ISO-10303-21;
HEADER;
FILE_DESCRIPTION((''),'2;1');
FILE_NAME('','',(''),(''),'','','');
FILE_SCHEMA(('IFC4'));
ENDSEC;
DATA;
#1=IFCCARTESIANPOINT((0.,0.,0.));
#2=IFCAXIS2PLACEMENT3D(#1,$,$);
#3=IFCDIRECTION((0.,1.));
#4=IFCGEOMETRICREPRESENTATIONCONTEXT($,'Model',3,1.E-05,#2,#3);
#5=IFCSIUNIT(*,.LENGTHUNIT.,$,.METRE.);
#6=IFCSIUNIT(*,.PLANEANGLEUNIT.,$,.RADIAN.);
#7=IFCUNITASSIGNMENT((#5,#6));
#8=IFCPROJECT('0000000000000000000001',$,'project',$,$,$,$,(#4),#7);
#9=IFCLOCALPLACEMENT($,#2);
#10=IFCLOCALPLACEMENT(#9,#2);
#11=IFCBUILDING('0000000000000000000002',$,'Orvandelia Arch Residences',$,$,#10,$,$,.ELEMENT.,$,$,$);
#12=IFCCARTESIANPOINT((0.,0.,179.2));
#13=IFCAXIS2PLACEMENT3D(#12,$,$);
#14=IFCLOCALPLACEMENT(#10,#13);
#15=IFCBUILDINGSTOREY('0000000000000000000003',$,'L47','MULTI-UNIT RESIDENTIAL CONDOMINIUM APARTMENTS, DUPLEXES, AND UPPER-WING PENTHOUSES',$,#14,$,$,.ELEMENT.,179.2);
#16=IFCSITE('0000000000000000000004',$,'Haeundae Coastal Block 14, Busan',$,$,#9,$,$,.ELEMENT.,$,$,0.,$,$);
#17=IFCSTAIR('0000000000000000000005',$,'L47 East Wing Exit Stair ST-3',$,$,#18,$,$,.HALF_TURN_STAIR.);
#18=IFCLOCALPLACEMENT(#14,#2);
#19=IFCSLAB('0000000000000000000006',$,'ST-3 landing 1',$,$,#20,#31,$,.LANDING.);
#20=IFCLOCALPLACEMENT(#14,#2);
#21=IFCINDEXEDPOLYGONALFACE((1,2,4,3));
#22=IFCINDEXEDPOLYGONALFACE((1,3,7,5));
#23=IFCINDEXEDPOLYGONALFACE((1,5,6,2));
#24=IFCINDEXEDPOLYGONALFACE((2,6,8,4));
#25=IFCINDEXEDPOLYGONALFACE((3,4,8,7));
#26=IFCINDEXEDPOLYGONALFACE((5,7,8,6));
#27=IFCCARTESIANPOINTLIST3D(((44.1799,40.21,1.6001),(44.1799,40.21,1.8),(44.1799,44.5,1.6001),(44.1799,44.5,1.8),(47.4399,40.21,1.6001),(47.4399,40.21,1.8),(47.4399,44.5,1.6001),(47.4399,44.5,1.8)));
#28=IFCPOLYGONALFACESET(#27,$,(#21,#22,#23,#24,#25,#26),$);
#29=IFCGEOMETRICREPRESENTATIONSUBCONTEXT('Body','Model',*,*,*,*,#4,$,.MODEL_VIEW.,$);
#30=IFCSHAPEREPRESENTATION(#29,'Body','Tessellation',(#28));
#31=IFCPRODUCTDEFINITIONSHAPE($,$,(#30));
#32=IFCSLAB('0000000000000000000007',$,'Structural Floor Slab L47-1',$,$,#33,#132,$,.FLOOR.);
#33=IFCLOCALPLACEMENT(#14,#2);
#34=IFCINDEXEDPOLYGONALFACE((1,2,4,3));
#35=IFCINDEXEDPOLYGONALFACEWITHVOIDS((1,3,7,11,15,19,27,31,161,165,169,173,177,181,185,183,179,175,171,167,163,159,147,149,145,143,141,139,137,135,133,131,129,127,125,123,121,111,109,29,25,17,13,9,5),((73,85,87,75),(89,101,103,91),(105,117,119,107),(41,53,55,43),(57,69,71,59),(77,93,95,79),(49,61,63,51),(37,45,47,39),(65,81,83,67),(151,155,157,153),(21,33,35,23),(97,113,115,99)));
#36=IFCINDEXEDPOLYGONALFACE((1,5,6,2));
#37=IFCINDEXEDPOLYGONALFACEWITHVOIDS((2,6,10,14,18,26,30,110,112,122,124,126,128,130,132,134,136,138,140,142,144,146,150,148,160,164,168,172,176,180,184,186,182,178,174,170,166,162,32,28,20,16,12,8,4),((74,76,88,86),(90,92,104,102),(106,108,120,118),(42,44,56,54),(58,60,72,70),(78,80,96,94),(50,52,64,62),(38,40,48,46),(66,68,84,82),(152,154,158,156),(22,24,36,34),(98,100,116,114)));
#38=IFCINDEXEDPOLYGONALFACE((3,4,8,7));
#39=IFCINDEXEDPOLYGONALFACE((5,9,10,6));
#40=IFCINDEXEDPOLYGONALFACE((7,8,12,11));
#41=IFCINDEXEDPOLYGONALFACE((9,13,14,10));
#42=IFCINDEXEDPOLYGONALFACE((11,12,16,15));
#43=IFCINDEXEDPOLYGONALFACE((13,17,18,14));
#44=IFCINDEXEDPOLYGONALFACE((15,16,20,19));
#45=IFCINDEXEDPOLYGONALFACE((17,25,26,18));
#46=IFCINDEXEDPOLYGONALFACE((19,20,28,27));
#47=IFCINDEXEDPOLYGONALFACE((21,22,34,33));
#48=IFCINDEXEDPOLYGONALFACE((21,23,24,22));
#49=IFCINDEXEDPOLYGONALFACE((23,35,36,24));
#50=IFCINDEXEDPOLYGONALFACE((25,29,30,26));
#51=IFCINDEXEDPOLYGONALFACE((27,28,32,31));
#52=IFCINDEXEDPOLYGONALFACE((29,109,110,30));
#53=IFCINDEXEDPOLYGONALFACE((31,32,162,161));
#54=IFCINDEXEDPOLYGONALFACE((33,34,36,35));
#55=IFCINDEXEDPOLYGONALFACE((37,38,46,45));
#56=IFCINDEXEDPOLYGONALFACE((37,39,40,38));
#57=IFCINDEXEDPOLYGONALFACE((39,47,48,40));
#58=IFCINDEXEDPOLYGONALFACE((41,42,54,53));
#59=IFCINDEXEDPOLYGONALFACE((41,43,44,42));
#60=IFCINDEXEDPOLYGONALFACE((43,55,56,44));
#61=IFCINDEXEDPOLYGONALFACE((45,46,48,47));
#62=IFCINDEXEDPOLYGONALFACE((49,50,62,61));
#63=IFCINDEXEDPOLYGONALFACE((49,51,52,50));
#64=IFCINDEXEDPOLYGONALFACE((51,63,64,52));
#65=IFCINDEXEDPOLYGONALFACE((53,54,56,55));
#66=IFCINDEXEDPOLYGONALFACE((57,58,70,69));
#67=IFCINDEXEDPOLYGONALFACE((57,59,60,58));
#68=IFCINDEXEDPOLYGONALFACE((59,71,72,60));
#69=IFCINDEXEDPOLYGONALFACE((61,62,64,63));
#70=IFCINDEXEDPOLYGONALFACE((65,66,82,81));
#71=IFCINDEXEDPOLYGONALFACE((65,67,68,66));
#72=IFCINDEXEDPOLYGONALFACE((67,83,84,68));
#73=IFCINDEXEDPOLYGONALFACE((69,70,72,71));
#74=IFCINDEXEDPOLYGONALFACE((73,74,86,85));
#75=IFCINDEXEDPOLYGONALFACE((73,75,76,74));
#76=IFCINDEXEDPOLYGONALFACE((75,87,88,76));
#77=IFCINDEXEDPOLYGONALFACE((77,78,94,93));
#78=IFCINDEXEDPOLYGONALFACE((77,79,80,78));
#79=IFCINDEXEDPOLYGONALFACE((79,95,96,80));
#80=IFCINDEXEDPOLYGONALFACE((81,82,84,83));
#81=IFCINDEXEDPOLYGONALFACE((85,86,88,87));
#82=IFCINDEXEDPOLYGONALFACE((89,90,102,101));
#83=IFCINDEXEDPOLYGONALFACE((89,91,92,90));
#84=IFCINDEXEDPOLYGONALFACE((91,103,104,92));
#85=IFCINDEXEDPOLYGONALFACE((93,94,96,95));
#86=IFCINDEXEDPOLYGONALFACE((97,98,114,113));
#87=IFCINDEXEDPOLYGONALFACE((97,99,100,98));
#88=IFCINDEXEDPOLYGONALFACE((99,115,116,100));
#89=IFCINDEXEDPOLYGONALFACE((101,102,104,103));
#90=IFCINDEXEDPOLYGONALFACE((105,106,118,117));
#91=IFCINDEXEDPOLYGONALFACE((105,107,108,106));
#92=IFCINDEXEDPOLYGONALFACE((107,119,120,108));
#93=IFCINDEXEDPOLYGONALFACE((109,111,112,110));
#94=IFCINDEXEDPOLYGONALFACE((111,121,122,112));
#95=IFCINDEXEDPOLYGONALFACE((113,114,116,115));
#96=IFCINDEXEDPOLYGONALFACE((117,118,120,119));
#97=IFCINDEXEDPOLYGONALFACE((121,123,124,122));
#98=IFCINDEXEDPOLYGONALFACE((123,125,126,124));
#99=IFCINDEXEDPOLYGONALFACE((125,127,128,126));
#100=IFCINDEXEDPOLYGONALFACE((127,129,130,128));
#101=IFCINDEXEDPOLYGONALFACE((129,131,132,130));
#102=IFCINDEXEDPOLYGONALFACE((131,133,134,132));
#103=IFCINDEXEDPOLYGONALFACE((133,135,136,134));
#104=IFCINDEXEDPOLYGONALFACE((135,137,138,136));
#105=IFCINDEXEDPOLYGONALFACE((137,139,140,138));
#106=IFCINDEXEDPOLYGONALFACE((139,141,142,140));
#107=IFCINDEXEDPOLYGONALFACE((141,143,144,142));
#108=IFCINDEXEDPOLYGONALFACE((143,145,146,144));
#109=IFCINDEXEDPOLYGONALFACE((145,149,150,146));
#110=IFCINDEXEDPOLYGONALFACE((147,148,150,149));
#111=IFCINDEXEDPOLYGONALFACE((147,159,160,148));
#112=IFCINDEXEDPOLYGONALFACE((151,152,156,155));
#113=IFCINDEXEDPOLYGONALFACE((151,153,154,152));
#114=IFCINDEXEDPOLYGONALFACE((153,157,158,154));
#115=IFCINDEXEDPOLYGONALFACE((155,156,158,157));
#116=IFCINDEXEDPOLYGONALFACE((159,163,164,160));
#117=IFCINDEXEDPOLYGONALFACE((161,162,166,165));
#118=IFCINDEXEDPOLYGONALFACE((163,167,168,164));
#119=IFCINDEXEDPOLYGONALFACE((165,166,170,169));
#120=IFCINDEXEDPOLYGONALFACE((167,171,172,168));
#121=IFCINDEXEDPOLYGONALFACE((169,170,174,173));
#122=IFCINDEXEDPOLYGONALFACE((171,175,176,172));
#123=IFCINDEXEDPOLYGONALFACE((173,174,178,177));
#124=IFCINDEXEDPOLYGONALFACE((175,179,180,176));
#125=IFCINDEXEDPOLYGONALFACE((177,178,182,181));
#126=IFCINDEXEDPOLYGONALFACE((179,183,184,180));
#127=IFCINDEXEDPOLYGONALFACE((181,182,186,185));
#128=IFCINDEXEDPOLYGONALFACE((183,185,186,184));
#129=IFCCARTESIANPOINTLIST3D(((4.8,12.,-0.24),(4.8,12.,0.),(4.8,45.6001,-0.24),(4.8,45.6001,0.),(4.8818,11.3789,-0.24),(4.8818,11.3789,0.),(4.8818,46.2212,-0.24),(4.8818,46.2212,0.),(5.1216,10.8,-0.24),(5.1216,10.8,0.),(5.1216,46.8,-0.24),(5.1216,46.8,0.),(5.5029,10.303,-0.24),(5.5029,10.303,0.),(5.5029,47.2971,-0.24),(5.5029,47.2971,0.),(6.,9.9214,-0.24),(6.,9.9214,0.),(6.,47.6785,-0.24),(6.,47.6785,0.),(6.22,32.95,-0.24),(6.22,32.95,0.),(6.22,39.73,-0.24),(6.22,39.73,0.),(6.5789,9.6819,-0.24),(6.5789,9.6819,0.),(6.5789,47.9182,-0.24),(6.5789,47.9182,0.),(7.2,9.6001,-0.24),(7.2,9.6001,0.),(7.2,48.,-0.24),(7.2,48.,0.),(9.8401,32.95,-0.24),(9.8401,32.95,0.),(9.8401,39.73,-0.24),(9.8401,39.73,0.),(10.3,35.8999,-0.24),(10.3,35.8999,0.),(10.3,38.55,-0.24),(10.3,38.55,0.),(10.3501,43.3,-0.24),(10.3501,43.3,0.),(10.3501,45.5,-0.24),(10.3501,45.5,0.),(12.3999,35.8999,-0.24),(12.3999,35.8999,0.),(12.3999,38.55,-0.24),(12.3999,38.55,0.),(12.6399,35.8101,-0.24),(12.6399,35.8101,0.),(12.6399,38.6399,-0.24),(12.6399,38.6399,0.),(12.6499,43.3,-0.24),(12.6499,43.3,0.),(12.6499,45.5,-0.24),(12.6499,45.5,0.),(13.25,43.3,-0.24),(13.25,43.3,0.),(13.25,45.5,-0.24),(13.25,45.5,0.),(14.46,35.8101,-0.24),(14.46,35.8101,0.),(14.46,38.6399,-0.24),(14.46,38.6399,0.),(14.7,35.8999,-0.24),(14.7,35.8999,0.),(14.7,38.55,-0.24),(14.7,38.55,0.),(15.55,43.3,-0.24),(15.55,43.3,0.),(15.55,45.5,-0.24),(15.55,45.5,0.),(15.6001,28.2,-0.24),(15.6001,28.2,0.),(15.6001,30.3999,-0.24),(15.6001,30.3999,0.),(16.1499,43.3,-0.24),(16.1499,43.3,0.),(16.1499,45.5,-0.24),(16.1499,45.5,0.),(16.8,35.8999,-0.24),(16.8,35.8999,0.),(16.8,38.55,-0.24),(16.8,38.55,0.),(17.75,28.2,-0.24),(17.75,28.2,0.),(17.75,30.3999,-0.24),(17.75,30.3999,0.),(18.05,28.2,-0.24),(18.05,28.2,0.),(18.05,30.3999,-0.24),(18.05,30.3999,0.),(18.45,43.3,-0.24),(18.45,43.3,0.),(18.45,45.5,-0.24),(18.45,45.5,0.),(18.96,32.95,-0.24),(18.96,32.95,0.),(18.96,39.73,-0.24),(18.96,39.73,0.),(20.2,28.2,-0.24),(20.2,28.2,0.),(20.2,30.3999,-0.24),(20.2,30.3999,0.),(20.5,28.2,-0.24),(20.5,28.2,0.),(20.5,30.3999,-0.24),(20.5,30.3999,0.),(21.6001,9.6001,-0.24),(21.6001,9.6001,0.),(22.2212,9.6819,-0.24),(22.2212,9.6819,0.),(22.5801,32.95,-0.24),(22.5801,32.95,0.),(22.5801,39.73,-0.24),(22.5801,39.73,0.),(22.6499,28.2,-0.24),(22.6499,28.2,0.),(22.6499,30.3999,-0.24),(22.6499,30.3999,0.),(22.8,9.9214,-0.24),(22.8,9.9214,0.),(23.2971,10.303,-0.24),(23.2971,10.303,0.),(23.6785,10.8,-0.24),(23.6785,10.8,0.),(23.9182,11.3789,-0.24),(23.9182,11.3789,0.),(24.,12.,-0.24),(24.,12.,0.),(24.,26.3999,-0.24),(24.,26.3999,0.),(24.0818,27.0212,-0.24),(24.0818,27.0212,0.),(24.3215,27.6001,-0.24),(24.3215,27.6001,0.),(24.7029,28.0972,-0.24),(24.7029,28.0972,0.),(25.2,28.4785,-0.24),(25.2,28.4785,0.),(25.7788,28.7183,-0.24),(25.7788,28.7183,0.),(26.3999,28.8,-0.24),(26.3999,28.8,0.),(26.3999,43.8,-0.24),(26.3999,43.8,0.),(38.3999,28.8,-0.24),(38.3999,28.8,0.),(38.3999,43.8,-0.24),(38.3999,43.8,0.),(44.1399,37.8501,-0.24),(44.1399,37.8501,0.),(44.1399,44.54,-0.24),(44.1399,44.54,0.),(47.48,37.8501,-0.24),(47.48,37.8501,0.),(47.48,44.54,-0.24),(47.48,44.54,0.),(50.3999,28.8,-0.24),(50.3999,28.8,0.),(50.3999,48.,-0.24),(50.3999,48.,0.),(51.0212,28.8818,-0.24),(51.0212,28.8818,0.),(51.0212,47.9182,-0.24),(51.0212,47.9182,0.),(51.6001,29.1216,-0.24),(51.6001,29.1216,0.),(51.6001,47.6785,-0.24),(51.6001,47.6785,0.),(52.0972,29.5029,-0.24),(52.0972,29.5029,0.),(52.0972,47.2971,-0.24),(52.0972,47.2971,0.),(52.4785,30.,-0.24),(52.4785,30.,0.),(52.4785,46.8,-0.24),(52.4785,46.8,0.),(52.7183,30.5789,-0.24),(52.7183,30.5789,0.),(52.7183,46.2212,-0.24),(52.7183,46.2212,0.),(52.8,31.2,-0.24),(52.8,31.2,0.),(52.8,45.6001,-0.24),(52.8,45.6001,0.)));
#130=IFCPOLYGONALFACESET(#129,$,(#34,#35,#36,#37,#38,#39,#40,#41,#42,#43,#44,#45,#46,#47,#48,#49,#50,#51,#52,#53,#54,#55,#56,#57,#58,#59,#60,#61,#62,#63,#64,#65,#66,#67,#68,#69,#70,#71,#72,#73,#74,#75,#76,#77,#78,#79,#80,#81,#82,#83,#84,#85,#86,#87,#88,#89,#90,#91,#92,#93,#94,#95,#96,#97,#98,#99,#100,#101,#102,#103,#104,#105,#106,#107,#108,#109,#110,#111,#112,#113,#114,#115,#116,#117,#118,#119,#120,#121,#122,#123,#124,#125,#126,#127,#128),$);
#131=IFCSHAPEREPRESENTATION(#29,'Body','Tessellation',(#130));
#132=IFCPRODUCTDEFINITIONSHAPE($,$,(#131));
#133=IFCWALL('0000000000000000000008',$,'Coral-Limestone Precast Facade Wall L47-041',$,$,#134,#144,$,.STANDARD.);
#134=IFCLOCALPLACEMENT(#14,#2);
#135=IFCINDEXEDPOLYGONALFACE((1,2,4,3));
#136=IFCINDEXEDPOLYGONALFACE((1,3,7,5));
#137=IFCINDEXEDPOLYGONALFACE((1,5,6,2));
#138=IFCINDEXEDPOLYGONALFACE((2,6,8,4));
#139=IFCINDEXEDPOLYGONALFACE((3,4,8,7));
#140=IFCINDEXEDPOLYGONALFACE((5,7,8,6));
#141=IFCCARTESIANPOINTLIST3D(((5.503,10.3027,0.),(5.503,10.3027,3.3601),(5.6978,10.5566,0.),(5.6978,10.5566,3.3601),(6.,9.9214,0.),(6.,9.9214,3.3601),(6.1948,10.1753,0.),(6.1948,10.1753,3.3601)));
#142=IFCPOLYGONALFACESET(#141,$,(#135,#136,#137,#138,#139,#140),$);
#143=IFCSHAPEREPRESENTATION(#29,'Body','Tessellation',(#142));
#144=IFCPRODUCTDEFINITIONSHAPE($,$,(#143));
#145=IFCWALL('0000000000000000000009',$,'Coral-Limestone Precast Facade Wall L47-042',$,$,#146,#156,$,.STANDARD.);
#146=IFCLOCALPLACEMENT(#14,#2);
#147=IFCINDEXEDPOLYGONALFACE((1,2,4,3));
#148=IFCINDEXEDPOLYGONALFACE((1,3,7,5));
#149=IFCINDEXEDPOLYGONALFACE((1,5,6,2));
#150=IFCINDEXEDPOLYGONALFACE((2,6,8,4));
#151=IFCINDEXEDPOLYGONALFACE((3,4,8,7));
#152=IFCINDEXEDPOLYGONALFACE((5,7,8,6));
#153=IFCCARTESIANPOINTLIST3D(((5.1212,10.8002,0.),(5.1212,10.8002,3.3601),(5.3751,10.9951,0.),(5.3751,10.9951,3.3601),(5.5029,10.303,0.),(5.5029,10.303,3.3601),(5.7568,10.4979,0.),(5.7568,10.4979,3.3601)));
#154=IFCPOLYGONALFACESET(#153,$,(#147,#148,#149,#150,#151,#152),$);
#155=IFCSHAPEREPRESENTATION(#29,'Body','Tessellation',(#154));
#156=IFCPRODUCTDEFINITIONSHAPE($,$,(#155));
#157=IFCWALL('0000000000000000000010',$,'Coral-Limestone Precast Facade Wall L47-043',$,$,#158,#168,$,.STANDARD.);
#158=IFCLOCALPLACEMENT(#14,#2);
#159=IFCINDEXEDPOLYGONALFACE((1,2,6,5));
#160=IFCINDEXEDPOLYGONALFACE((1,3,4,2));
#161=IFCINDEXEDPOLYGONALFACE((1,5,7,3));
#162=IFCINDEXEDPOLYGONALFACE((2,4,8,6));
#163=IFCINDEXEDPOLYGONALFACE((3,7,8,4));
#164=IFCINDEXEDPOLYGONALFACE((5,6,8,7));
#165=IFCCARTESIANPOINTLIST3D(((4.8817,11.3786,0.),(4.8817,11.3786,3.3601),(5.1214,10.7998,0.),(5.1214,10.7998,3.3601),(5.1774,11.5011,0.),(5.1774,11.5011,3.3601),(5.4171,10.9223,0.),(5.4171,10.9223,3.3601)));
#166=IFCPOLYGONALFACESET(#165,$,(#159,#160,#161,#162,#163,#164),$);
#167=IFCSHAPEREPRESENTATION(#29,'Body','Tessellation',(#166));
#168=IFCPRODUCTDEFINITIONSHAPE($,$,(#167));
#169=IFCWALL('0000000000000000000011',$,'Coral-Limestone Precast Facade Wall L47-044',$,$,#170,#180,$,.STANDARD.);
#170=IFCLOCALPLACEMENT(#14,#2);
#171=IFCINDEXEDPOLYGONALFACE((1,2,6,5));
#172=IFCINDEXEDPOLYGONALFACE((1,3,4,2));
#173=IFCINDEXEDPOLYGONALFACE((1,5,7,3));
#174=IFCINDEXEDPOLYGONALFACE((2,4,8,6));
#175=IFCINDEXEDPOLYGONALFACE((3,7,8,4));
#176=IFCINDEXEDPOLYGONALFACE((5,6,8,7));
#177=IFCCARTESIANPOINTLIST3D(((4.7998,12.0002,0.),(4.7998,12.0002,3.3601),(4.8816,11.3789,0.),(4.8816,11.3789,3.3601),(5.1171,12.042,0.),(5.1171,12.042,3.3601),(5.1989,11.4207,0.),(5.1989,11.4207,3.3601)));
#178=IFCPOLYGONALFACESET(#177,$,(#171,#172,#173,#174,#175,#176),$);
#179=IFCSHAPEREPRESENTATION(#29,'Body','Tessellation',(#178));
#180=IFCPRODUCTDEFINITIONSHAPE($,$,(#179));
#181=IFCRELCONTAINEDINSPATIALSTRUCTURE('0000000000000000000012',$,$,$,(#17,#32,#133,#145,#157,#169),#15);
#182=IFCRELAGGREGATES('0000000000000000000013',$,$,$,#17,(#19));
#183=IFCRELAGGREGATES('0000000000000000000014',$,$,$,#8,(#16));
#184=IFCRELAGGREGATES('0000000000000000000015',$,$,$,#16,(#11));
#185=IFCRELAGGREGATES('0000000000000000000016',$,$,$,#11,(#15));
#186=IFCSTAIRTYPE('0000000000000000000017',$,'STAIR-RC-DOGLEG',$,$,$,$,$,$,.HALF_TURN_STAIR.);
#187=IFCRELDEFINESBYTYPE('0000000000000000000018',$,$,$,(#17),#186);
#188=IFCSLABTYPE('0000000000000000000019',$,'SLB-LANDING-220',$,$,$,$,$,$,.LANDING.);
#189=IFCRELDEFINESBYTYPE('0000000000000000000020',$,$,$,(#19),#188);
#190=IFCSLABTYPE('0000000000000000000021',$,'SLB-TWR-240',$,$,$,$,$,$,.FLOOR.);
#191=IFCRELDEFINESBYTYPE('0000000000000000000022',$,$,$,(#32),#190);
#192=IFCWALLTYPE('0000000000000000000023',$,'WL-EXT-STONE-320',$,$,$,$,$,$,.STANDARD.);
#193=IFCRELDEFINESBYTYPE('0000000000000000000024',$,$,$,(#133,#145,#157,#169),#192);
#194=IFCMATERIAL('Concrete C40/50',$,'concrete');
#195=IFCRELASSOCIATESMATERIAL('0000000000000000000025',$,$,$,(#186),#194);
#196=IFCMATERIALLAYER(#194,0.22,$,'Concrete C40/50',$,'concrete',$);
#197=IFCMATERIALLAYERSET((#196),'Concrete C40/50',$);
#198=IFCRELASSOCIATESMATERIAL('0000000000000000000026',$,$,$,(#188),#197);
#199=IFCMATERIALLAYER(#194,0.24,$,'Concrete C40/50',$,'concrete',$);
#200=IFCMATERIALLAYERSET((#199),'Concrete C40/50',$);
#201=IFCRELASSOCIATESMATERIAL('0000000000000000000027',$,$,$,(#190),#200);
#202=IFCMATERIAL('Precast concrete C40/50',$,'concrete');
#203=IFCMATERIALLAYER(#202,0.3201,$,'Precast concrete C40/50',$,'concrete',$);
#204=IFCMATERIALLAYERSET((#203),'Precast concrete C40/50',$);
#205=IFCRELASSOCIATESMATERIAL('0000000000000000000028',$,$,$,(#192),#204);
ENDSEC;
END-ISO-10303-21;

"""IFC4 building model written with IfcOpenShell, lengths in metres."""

from ifc_helpers import new_model, si_unit, direction, frame, frame_2d, origin, place, context, subcontext, project, spatial, polyline, rectangle, outline, extrude, material, layer, layer_set, type_object, element, aggregate, save


model = new_model("IFC4")

# Units and contexts
model_context = context("Model", 3, precision=1e-05, world=origin(), true_north=direction((0.0, 1.0)))
body_context = subcontext(model_context, "Body", "Model", "MODEL_VIEW")
ifc_project = project(units=[si_unit("LENGTHUNIT", "METRE"), si_unit("PLANEANGLEUNIT", "RADIAN")], contexts=[model_context])

# Site, building, storey
site_placement = place(None, origin())
site = spatial("IfcSite", under=ifc_project, at=site_placement, Name="Haeundae Coastal Block 14, Busan", CompositionType="ELEMENT", RefElevation=0.0)
building_placement = place(site_placement, origin())
building = spatial("IfcBuilding", under=site, at=building_placement, Name="Orvandelia Arch Residences", CompositionType="ELEMENT")
storey_placement = place(building_placement, frame((0.0, 0.0, 179.2)))
storey = spatial("IfcBuildingStorey", under=building, at=storey_placement, Name="L47", Description="MULTI-UNIT RESIDENTIAL CONDOMINIUM APARTMENTS, DUPLEXES, AND UPPER-WING PENTHOUSES", CompositionType="ELEMENT", Elevation=179.2)

# Shared definitions
ifc_material_1 = material(Name="Precast concrete C40/50", Category="concrete")

# Stair, slab
ifc_material_2 = material(Name="Concrete C40/50", Category="concrete")
stair_type = type_object("IfcStairType", Name="STAIR-RC-DOGLEG", PredefinedType="HALF_TURN_STAIR", material=ifc_material_2)
ifc_layer_1 = layer(ifc_material_2, 0.22, Name="Concrete C40/50", Category="concrete")
ifc_layer_set_1 = layer_set([ifc_layer_1], Name="Concrete C40/50")
slab_type_1 = type_object("IfcSlabType", Name="SLB-LANDING-220", PredefinedType="LANDING", material=ifc_layer_set_1)
stair_1_placement = place(storey_placement, origin())
stair_1 = element("IfcStair", 1, at=stair_1_placement, inside=storey, type_object=stair_type, Name="L47 East Wing Exit Stair ST-3", PredefinedType="HALF_TURN_STAIR")
slab_1_placement = place(storey_placement, frame((0.0, 0.0, 1.6001)))
slab_1 = element("IfcSlab", 2, at=slab_1_placement, type_object=slab_type_1, Name="ST-3 landing 1", PredefinedType="LANDING", context=body_context, shape_type="SweptSolid", body=[
    extrude(outline(polyline([(47.4399, 40.21), (47.4399, 44.5), (44.1799, 44.5), (44.1799, 40.21), (47.4399, 40.21)])), origin(), (0.0, 0.0, 1.0), 0.2),
])
aggregate(stair_1, [slab_1])

# Slab
ifc_layer_2 = layer(ifc_material_2, 0.24, Name="Concrete C40/50", Category="concrete")
ifc_layer_set_2 = layer_set([ifc_layer_2], Name="Concrete C40/50")
slab_type_2 = type_object("IfcSlabType", Name="SLB-TWR-240", PredefinedType="FLOOR", material=ifc_layer_set_2)
slab_2_placement = place(storey_placement, frame((0.0, 0.0, -0.24)))
element("IfcSlab", 3, at=slab_2_placement, inside=storey, type_object=slab_type_2, Name="Structural Floor Slab L47-1", PredefinedType="FLOOR", context=body_context, shape_type="SweptSolid", body=[
    extrude(outline(polyline([(4.8, 12.0), (4.8818, 11.3789), (5.1216, 10.8), (5.5029, 10.303), (6.0, 9.9214), (6.5789, 9.6819), (7.2, 9.6001), (21.6001, 9.6001), (22.2212, 9.6819), (22.8, 9.9214), (23.2971, 10.303), (23.6785, 10.8), (23.9182, 11.3789), (24.0, 12.0), (24.0, 26.3999), (24.0818, 27.0212), (24.3215, 27.6001), (24.7029, 28.0972), (25.2, 28.4785), (25.7788, 28.7183), (26.3999, 28.8), (26.3999, 43.8), (38.3999, 43.8), (38.3999, 28.8), (50.3999, 28.8), (51.0212, 28.8818), (51.6001, 29.1216), (52.0972, 29.5029), (52.4785, 30.0), (52.7183, 30.5789), (52.8, 31.2), (52.8, 45.6001), (52.7183, 46.2212), (52.4785, 46.8), (52.0972, 47.2971), (51.6001, 47.6785), (51.0212, 47.9182), (50.3999, 48.0), (7.2, 48.0), (6.5789, 47.9182), (6.0, 47.6785), (5.5029, 47.2971), (5.1216, 46.8), (4.8818, 46.2212), (4.8, 45.6001), (4.8, 12.0)]), holes=[polyline([(6.22, 32.95), (9.8401, 32.95), (9.8401, 39.73), (6.22, 39.73), (6.22, 32.95)]), polyline([(18.96, 32.95), (22.5801, 32.95), (22.5801, 39.73), (18.96, 39.73), (18.96, 32.95)]), polyline([(44.1399, 37.8501), (47.48, 37.8501), (47.48, 44.54), (44.1399, 44.54), (44.1399, 37.8501)]), polyline([(12.6399, 35.8101), (14.46, 35.8101), (14.46, 38.6399), (12.6399, 38.6399), (12.6399, 35.8101)]), polyline([(10.3, 35.8999), (12.3999, 35.8999), (12.3999, 38.55), (10.3, 38.55), (10.3, 35.8999)]), polyline([(14.7, 35.8999), (16.8, 35.8999), (16.8, 38.55), (14.7, 38.55), (14.7, 35.8999)]), polyline([(10.3501, 43.3), (12.6499, 43.3), (12.6499, 45.5), (10.3501, 45.5), (10.3501, 43.3)]), polyline([(13.25, 43.3), (15.55, 43.3), (15.55, 45.5), (13.25, 45.5), (13.25, 43.3)]), polyline([(16.1499, 43.3), (18.45, 43.3), (18.45, 45.5), (16.1499, 45.5), (16.1499, 43.3)]), polyline([(15.6001, 28.2), (17.75, 28.2), (17.75, 30.3999), (15.6001, 30.3999), (15.6001, 28.2)]), polyline([(18.05, 28.2), (20.2, 28.2), (20.2, 30.3999), (18.05, 30.3999), (18.05, 28.2)]), polyline([(20.5, 28.2), (22.6499, 28.2), (22.6499, 30.3999), (20.5, 30.3999), (20.5, 28.2)])]), origin(), (0.0, 0.0, 1.0), 0.24),
])

# Walls
ifc_layer_3 = layer(ifc_material_1, 0.3201, Name="Precast concrete C40/50", Category="concrete")
ifc_layer_set_3 = layer_set([ifc_layer_3], Name="Precast concrete C40/50")
wall_type_1 = type_object("IfcWallType", Name="WL-EXT-STONE-320", PredefinedType="STANDARD", material=ifc_layer_set_3)
wall_1_placement = place(storey_placement, frame((6.0974, 10.0483, 0.0), z_axis=(0.0, 0.0, 1.0), x_axis=(-0.793406, 0.608693, 0.0)))
element("IfcWall", 4, at=wall_1_placement, inside=storey, type_object=wall_type_1, Name="Coral-Limestone Precast Facade Wall L47-041", PredefinedType="STANDARD", context=body_context, shape_type="SweptSolid", body=[
    extrude(rectangle(XDim=0.6265, YDim=0.3201, at=frame_2d((0.3132, 0.0))), origin(), (0.0, 0.0, 1.0), 3.3601),
])
wall_2_placement = place(storey_placement, frame((5.6299, 10.4004, 0.0), z_axis=(0.0, 0.0, 1.0), x_axis=(-0.608939, 0.793217, 0.0)))
element("IfcWall", 5, at=wall_2_placement, inside=storey, type_object=wall_type_1, Name="Coral-Limestone Precast Facade Wall L47-042", PredefinedType="STANDARD", context=body_context, shape_type="SweptSolid", body=[
    extrude(rectangle(XDim=0.6267, YDim=0.3201, at=frame_2d((0.3135, 0.0))), origin(), (0.0, 0.0, 1.0), 3.3601),
])
wall_3_placement = place(storey_placement, frame((5.2693, 10.8611, 0.0), z_axis=(0.0, 0.0, 1.0), x_axis=(-0.38265, 0.923893, 0.0)))
element("IfcWall", 6, at=wall_3_placement, inside=storey, type_object=wall_type_1, Name="Coral-Limestone Precast Facade Wall L47-043", PredefinedType="STANDARD", context=body_context, shape_type="SweptSolid", body=[
    extrude(rectangle(XDim=0.6265, YDim=0.3201, at=frame_2d((0.3132, 0.0))), origin(), (0.0, 0.0, 1.0), 3.3601),
])
wall_4_placement = place(storey_placement, frame((5.0403, 11.3997, 0.0), z_axis=(0.0, 0.0, 1.0), x_axis=(-0.130505, 0.991448, 0.0)))
element("IfcWall", 7, at=wall_4_placement, inside=storey, type_object=wall_type_1, Name="Coral-Limestone Precast Facade Wall L47-044", PredefinedType="STANDARD", context=body_context, shape_type="SweptSolid", body=[
    extrude(rectangle(XDim=0.6267, YDim=0.3201, at=frame_2d((0.3135, 0.0))), origin(), (0.0, 0.0, 1.0), 3.3601),
])

save(model, "model.ifc")
